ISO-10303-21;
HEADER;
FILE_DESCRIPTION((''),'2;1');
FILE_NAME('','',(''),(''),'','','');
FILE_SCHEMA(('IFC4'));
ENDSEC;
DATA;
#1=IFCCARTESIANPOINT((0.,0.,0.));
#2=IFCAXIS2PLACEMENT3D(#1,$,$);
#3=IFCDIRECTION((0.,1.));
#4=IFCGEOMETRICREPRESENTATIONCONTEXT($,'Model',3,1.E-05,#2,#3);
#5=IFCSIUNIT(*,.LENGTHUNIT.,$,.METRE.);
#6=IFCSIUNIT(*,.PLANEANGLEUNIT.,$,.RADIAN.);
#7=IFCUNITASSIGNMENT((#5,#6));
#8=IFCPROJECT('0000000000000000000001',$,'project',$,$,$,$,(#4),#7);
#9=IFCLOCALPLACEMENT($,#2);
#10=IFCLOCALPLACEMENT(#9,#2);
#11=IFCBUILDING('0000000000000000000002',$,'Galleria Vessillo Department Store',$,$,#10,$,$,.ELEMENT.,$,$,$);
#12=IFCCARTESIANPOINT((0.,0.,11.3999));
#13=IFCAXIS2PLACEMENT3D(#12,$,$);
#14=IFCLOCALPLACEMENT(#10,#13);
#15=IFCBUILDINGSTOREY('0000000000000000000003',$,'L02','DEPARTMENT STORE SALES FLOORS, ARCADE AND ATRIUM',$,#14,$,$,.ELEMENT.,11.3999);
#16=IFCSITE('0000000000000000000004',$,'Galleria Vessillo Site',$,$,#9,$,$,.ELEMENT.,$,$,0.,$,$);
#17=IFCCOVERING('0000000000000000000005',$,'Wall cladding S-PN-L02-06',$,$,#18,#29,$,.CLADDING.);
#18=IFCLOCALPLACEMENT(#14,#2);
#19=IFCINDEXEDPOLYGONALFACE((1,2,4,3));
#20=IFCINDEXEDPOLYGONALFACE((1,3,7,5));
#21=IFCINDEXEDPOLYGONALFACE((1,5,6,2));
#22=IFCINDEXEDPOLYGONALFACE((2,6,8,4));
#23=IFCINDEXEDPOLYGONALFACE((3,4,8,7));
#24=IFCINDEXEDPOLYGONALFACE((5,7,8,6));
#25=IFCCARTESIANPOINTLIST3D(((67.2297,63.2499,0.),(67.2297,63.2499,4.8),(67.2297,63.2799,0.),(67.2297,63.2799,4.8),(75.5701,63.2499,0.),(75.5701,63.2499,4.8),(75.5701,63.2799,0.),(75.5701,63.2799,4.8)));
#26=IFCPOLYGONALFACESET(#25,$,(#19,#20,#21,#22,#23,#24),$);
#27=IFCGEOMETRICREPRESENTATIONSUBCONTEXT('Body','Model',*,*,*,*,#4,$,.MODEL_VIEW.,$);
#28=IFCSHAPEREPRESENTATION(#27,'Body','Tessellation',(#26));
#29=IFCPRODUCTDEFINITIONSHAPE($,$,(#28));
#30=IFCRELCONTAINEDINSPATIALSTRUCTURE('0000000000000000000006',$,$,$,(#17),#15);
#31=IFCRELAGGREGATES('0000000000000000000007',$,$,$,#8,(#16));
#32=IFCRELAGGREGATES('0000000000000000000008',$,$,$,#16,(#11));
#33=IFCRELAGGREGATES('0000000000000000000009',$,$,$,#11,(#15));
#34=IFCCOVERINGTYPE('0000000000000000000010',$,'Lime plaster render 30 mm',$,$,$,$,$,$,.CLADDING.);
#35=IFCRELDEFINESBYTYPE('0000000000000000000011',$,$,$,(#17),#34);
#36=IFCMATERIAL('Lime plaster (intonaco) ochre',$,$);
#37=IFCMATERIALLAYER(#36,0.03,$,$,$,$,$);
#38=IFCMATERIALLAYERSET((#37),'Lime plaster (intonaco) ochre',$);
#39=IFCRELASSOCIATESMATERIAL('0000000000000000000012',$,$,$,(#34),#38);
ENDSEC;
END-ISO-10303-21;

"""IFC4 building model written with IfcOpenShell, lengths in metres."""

from ifc_helpers import new_model, si_unit, direction, frame, origin, origin_2d, place, context, subcontext, project, spatial, rectangle, extrude, material, layer, layer_set, type_object, element, save


model = new_model("IFC4")

# Units and contexts
model_context = context("Model", 3, precision=1e-05, world=origin(), true_north=direction((0.0, 1.0)))
body_context = subcontext(model_context, "Body", "Model", "MODEL_VIEW")
ifc_project = project(units=[si_unit("LENGTHUNIT", "METRE"), si_unit("PLANEANGLEUNIT", "RADIAN")], contexts=[model_context])

# Site, building, storey
site_placement = place(None, origin())
site = spatial("IfcSite", under=ifc_project, at=site_placement, Name="Galleria Vessillo Site", CompositionType="ELEMENT", RefElevation=0.0)
building_placement = place(site_placement, origin())
building = spatial("IfcBuilding", under=site, at=building_placement, Name="Galleria Vessillo Department Store", CompositionType="ELEMENT")
storey_placement = place(building_placement, frame((0.0, 0.0, 11.3999)))
storey = spatial("IfcBuildingStorey", under=building, at=storey_placement, Name="L02", Description="DEPARTMENT STORE SALES FLOORS, ARCADE AND ATRIUM", CompositionType="ELEMENT", Elevation=11.3999)

# Covering
ifc_material_1 = material(Name="Lime plaster (intonaco) ochre")
ifc_layer_1 = layer(ifc_material_1, 0.03)
ifc_layer_set_1 = layer_set([ifc_layer_1], Name="Lime plaster (intonaco) ochre")
covering_type = type_object("IfcCoveringType", Name="Lime plaster render 30 mm", PredefinedType="CLADDING", material=ifc_layer_set_1)
covering_placement = place(storey_placement, frame((71.3999, 63.2649, 0.0), z_axis=(0.0, 0.0, 1.0), x_axis=(1.0, 0.0, 0.0)))
element("IfcCovering", 1, at=covering_placement, inside=storey, type_object=covering_type, Name="Wall cladding S-PN-L02-06", PredefinedType="CLADDING", context=body_context, shape_type="SweptSolid", body=[
    extrude(rectangle(XDim=8.3403, YDim=0.03, at=origin_2d()), origin(), (0.0, 0.0, 1.0), 4.8),
])

save(model, "model.ifc")
